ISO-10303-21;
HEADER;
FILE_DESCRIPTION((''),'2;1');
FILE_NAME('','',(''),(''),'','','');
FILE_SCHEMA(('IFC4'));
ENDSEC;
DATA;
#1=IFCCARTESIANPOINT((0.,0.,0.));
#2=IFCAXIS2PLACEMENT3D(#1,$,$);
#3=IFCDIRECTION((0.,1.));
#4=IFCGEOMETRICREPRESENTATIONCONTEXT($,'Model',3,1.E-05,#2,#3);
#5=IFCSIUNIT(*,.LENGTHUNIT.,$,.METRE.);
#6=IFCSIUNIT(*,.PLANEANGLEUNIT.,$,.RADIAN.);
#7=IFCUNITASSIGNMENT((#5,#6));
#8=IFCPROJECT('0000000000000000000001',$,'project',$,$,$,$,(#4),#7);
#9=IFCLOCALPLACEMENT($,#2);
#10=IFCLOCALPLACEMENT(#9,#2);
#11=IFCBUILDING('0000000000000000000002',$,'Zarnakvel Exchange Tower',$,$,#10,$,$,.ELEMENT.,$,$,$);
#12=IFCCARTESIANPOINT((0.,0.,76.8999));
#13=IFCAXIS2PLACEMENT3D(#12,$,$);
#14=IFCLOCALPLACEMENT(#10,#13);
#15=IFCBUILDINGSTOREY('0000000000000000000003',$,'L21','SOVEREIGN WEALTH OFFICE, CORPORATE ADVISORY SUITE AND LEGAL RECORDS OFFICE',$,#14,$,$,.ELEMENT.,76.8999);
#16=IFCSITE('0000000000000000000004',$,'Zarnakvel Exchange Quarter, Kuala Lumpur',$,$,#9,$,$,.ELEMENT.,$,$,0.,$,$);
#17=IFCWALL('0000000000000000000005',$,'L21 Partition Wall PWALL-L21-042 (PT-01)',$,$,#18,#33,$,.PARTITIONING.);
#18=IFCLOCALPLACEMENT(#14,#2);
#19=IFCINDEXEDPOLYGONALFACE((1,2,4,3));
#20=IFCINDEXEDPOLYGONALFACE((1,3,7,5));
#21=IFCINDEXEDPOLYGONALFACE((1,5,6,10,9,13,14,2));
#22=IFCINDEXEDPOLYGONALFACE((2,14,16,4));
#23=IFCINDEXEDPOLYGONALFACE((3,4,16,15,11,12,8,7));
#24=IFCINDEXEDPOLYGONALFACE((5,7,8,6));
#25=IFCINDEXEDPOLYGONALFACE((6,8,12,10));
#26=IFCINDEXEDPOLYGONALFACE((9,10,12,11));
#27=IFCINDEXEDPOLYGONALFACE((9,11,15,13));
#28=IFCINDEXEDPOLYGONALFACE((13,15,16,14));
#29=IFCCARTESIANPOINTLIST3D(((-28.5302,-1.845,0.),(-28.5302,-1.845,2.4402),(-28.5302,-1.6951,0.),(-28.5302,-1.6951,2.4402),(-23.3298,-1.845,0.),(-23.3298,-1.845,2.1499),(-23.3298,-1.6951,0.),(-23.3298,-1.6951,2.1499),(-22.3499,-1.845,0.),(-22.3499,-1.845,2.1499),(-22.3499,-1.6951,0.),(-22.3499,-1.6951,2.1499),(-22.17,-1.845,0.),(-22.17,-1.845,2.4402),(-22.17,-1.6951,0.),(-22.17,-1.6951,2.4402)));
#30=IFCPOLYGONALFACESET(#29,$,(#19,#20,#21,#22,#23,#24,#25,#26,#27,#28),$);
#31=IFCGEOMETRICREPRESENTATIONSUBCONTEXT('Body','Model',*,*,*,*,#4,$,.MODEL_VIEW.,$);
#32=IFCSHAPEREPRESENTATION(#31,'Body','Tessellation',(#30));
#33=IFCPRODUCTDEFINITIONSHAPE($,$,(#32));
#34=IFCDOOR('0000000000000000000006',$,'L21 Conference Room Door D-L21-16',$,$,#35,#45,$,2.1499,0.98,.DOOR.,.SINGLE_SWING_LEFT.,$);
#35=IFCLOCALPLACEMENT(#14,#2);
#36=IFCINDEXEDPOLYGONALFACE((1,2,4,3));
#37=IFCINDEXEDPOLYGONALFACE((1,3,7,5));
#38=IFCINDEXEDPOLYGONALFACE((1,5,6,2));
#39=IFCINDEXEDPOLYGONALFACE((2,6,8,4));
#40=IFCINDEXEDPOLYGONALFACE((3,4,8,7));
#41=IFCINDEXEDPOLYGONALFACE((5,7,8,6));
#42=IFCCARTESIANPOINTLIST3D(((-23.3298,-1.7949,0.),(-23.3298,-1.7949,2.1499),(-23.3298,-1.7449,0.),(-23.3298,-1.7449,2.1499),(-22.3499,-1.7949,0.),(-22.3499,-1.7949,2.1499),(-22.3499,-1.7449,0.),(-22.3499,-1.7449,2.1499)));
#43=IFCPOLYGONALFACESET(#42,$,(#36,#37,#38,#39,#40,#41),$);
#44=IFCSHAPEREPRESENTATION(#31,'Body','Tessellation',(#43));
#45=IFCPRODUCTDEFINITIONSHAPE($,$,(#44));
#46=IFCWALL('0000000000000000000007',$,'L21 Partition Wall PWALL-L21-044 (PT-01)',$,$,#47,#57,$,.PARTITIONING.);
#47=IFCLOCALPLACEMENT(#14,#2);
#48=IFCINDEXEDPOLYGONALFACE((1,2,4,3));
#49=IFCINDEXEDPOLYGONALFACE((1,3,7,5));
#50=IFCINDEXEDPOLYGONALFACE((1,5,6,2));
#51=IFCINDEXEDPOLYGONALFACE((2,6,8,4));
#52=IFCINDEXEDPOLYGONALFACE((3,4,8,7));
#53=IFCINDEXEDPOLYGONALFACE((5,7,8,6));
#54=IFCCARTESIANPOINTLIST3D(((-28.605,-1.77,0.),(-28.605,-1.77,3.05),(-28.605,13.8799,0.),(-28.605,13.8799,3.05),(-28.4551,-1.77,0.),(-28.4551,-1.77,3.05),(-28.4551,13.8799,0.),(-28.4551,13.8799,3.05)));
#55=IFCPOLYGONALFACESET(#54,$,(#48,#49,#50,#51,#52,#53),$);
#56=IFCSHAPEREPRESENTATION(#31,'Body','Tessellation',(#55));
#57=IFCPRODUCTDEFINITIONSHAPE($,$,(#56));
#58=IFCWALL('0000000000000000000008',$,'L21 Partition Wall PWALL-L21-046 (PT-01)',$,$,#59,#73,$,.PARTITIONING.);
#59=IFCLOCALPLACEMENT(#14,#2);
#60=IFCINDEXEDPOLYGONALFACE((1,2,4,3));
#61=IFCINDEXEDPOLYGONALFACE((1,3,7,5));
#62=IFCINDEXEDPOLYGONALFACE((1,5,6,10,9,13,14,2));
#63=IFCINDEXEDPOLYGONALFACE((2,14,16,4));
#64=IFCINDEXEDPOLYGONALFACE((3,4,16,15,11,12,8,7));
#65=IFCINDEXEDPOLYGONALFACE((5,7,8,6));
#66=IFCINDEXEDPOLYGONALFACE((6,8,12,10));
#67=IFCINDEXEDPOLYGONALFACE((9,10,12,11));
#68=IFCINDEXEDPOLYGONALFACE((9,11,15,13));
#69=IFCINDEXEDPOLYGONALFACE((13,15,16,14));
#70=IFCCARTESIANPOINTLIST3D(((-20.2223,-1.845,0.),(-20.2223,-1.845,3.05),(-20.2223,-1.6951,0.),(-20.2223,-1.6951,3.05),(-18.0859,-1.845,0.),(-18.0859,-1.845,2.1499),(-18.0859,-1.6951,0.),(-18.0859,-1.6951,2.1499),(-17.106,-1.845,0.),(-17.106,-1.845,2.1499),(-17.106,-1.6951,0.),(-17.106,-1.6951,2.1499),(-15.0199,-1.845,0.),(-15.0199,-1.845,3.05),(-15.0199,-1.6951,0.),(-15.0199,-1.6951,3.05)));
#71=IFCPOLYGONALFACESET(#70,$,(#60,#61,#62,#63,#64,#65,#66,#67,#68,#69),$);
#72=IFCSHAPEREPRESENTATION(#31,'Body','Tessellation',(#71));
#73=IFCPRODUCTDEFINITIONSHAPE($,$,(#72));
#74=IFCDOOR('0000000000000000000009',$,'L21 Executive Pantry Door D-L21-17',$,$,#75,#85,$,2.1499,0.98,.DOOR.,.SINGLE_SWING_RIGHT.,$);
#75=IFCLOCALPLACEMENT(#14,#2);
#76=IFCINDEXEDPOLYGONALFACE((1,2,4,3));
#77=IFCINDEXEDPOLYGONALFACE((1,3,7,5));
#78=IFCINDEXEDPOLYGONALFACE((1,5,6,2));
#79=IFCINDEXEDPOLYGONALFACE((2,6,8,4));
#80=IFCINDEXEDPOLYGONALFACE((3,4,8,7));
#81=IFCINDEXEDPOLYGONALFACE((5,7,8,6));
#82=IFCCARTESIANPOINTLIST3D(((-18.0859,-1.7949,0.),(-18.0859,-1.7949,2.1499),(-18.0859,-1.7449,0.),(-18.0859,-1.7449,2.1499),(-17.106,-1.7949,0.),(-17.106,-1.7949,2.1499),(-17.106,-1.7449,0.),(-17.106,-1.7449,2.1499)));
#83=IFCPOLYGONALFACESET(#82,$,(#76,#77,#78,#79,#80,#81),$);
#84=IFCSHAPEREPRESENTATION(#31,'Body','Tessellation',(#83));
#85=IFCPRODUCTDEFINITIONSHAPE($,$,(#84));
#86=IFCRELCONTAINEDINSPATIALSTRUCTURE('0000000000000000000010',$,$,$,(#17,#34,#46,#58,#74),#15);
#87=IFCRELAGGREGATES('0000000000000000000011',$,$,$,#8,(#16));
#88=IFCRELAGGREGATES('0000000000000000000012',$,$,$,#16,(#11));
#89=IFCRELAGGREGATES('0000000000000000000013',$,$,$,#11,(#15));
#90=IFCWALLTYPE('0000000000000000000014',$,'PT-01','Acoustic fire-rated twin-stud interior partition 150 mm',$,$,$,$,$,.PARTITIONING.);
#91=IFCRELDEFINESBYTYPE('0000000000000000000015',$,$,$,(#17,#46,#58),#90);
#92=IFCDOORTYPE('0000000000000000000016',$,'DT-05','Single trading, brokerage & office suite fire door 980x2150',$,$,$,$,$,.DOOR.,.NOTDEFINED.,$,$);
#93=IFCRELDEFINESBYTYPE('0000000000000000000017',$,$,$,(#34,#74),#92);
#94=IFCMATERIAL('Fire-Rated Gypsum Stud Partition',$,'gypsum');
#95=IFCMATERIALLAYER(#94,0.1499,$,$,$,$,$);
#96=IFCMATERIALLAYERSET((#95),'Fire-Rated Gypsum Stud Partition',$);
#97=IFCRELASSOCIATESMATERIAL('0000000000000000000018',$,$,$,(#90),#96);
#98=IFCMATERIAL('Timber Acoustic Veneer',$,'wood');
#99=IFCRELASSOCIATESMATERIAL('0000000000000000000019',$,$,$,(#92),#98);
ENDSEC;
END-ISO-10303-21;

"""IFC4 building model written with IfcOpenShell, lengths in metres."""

from ifc_helpers import new_model, si_unit, direction, frame, frame_2d, origin, place, context, subcontext, project, spatial, rectangle, extrude, source, transform, mapped, material, layer, layer_set, type_object, element, fill, save


model = new_model("IFC4")

# Units and contexts
model_context = context("Model", 3, precision=1e-05, world=origin(), true_north=direction((0.0, 1.0)))
body_context = subcontext(model_context, "Body", "Model", "MODEL_VIEW")
ifc_project = project(units=[si_unit("LENGTHUNIT", "METRE"), si_unit("PLANEANGLEUNIT", "RADIAN")], contexts=[model_context])

# Site, building, storey
site_placement = place(None, origin())
site = spatial("IfcSite", under=ifc_project, at=site_placement, Name="Zarnakvel Exchange Quarter, Kuala Lumpur", CompositionType="ELEMENT", RefElevation=0.0)
building_placement = place(site_placement, origin())
building = spatial("IfcBuilding", under=site, at=building_placement, Name="Zarnakvel Exchange Tower", CompositionType="ELEMENT")
storey_placement = place(building_placement, frame((0.0, 0.0, 76.8999)))
storey = spatial("IfcBuildingStorey", under=building, at=storey_placement, Name="L21", Description="SOVEREIGN WEALTH OFFICE, CORPORATE ADVISORY SUITE AND LEGAL RECORDS OFFICE", CompositionType="ELEMENT", Elevation=76.8999)

# Shared definitions
ifc_material_1 = material(Name="Fire-Rated Gypsum Stud Partition", Category="gypsum")
ifc_layer_1 = layer(ifc_material_1, 0.1499)
ifc_layer_set_1 = layer_set([ifc_layer_1], Name="Fire-Rated Gypsum Stud Partition")
wall_type = type_object("IfcWallType", Name="PT-01", Description="Acoustic fire-rated twin-stud interior partition 150 mm", PredefinedType="PARTITIONING", material=ifc_layer_set_1)
ifc_material_2 = material(Name="Timber Acoustic Veneer", Category="wood")
door_type = type_object("IfcDoorType", Name="DT-05", Description="Single trading, brokerage & office suite fire door 980x2150", OperationType="NOTDEFINED", PredefinedType="DOOR", material=ifc_material_2)
shared_shape_1 = source(origin(), body_context, "Body", "SweptSolid", [
    extrude(rectangle(XDim=0.98, YDim=2.1499, at=frame_2d((0.49, 1.075))), frame((0.0, 0.0249, 0.0), z_axis=(0.0, -1.0, 0.0), x_axis=(1.0, 0.0, 0.0)), (0.0, 0.0, 1.0), 0.05),
])

# Wall, opening, door
wall_1_placement = place(storey_placement, frame((-22.1699, -1.77, 0.0), z_axis=(0.0, 0.0, 1.0), x_axis=(-1.0, 0.0, 0.0)))
wall_1 = element("IfcWall", 1, at=wall_1_placement, inside=storey, type_object=wall_type, Name="L21 Partition Wall PWALL-L21-042 (PT-01)", PredefinedType="PARTITIONING", context=body_context, shape_type="SweptSolid", body=[
    extrude(rectangle(XDim=6.3601, YDim=0.1499, at=frame_2d((3.1802, 0.0))), origin(), (0.0, 0.0, 1.0), 2.4402),
])
opening_1_placement = place(wall_1_placement, frame((0.1799, 0.0, 0.0)))
opening_1 = element("IfcOpeningElement", 2, at=opening_1_placement, cuts=wall_1, PredefinedType="OPENING", context=body_context, shape_type="SweptSolid", body=[
    extrude(rectangle(XDim=0.98, YDim=2.1499, at=frame_2d((0.49, 1.075))), frame((0.0, 0.085, 0.0), z_axis=(0.0, -1.0, 0.0), x_axis=(1.0, 0.0, 0.0)), (0.0, 0.0, 1.0), 0.1699),
])
door_1_placement = place(opening_1_placement, origin())
door_1 = element("IfcDoor", 3, at=door_1_placement, inside=storey, type_object=door_type, Name="L21 Conference Room Door D-L21-16", OperationType="SINGLE_SWING_LEFT", OverallHeight=2.1499, OverallWidth=0.98, PredefinedType="DOOR", context=body_context, shape_type="MappedRepresentation", body=[
    mapped(shared_shape_1, transform((0.0, 0.0, 0.0), x_axis=(1.0, 0.0, 0.0), y_axis=(0.0, 1.0, 0.0), z_axis=(0.0, 0.0, 1.0), scale=1.0)),
])
fill(opening_1, door_1)

# Wall
wall_2_placement = place(storey_placement, frame((-28.53, -1.77, 0.0), z_axis=(0.0, 0.0, 1.0), x_axis=(0.0, 1.0, 0.0)))
element("IfcWall", 4, at=wall_2_placement, inside=storey, type_object=wall_type, Name="L21 Partition Wall PWALL-L21-044 (PT-01)", PredefinedType="PARTITIONING", context=body_context, shape_type="SweptSolid", body=[
    extrude(rectangle(XDim=15.6499, YDim=0.1499, at=frame_2d((7.825, 0.0))), origin(), (0.0, 0.0, 1.0), 3.05),
])

# Wall, opening, door
wall_3_placement = place(storey_placement, frame((-15.02, -1.77, 0.0), z_axis=(0.0, 0.0, 1.0), x_axis=(-1.0, 0.0, 0.0)))
wall_3 = element("IfcWall", 5, at=wall_3_placement, inside=storey, type_object=wall_type, Name="L21 Partition Wall PWALL-L21-046 (PT-01)", PredefinedType="PARTITIONING", context=body_context, shape_type="SweptSolid", body=[
    extrude(rectangle(XDim=5.2024, YDim=0.1499, at=frame_2d((2.6011, 0.0))), origin(), (0.0, 0.0, 1.0), 3.05),
])
opening_2_placement = place(wall_3_placement, frame((2.0859, 0.0, 0.0)))
opening_2 = element("IfcOpeningElement", 6, at=opening_2_placement, cuts=wall_3, PredefinedType="OPENING", context=body_context, shape_type="SweptSolid", body=[
    extrude(rectangle(XDim=0.98, YDim=2.1499, at=frame_2d((0.49, 1.075))), frame((0.0, 0.085, 0.0), z_axis=(0.0, -1.0, 0.0), x_axis=(1.0, 0.0, 0.0)), (0.0, 0.0, 1.0), 0.1699),
])
door_2_placement = place(opening_2_placement, origin())
door_2 = element("IfcDoor", 7, at=door_2_placement, inside=storey, type_object=door_type, Name="L21 Executive Pantry Door D-L21-17", OperationType="SINGLE_SWING_RIGHT", OverallHeight=2.1499, OverallWidth=0.98, PredefinedType="DOOR", context=body_context, shape_type="MappedRepresentation", body=[
    mapped(shared_shape_1, transform((0.0, 0.0, 0.0), x_axis=(1.0, 0.0, 0.0), y_axis=(0.0, 1.0, 0.0), z_axis=(0.0, 0.0, 1.0), scale=1.0)),
])
fill(opening_2, door_2)

save(model, "model.ifc")
